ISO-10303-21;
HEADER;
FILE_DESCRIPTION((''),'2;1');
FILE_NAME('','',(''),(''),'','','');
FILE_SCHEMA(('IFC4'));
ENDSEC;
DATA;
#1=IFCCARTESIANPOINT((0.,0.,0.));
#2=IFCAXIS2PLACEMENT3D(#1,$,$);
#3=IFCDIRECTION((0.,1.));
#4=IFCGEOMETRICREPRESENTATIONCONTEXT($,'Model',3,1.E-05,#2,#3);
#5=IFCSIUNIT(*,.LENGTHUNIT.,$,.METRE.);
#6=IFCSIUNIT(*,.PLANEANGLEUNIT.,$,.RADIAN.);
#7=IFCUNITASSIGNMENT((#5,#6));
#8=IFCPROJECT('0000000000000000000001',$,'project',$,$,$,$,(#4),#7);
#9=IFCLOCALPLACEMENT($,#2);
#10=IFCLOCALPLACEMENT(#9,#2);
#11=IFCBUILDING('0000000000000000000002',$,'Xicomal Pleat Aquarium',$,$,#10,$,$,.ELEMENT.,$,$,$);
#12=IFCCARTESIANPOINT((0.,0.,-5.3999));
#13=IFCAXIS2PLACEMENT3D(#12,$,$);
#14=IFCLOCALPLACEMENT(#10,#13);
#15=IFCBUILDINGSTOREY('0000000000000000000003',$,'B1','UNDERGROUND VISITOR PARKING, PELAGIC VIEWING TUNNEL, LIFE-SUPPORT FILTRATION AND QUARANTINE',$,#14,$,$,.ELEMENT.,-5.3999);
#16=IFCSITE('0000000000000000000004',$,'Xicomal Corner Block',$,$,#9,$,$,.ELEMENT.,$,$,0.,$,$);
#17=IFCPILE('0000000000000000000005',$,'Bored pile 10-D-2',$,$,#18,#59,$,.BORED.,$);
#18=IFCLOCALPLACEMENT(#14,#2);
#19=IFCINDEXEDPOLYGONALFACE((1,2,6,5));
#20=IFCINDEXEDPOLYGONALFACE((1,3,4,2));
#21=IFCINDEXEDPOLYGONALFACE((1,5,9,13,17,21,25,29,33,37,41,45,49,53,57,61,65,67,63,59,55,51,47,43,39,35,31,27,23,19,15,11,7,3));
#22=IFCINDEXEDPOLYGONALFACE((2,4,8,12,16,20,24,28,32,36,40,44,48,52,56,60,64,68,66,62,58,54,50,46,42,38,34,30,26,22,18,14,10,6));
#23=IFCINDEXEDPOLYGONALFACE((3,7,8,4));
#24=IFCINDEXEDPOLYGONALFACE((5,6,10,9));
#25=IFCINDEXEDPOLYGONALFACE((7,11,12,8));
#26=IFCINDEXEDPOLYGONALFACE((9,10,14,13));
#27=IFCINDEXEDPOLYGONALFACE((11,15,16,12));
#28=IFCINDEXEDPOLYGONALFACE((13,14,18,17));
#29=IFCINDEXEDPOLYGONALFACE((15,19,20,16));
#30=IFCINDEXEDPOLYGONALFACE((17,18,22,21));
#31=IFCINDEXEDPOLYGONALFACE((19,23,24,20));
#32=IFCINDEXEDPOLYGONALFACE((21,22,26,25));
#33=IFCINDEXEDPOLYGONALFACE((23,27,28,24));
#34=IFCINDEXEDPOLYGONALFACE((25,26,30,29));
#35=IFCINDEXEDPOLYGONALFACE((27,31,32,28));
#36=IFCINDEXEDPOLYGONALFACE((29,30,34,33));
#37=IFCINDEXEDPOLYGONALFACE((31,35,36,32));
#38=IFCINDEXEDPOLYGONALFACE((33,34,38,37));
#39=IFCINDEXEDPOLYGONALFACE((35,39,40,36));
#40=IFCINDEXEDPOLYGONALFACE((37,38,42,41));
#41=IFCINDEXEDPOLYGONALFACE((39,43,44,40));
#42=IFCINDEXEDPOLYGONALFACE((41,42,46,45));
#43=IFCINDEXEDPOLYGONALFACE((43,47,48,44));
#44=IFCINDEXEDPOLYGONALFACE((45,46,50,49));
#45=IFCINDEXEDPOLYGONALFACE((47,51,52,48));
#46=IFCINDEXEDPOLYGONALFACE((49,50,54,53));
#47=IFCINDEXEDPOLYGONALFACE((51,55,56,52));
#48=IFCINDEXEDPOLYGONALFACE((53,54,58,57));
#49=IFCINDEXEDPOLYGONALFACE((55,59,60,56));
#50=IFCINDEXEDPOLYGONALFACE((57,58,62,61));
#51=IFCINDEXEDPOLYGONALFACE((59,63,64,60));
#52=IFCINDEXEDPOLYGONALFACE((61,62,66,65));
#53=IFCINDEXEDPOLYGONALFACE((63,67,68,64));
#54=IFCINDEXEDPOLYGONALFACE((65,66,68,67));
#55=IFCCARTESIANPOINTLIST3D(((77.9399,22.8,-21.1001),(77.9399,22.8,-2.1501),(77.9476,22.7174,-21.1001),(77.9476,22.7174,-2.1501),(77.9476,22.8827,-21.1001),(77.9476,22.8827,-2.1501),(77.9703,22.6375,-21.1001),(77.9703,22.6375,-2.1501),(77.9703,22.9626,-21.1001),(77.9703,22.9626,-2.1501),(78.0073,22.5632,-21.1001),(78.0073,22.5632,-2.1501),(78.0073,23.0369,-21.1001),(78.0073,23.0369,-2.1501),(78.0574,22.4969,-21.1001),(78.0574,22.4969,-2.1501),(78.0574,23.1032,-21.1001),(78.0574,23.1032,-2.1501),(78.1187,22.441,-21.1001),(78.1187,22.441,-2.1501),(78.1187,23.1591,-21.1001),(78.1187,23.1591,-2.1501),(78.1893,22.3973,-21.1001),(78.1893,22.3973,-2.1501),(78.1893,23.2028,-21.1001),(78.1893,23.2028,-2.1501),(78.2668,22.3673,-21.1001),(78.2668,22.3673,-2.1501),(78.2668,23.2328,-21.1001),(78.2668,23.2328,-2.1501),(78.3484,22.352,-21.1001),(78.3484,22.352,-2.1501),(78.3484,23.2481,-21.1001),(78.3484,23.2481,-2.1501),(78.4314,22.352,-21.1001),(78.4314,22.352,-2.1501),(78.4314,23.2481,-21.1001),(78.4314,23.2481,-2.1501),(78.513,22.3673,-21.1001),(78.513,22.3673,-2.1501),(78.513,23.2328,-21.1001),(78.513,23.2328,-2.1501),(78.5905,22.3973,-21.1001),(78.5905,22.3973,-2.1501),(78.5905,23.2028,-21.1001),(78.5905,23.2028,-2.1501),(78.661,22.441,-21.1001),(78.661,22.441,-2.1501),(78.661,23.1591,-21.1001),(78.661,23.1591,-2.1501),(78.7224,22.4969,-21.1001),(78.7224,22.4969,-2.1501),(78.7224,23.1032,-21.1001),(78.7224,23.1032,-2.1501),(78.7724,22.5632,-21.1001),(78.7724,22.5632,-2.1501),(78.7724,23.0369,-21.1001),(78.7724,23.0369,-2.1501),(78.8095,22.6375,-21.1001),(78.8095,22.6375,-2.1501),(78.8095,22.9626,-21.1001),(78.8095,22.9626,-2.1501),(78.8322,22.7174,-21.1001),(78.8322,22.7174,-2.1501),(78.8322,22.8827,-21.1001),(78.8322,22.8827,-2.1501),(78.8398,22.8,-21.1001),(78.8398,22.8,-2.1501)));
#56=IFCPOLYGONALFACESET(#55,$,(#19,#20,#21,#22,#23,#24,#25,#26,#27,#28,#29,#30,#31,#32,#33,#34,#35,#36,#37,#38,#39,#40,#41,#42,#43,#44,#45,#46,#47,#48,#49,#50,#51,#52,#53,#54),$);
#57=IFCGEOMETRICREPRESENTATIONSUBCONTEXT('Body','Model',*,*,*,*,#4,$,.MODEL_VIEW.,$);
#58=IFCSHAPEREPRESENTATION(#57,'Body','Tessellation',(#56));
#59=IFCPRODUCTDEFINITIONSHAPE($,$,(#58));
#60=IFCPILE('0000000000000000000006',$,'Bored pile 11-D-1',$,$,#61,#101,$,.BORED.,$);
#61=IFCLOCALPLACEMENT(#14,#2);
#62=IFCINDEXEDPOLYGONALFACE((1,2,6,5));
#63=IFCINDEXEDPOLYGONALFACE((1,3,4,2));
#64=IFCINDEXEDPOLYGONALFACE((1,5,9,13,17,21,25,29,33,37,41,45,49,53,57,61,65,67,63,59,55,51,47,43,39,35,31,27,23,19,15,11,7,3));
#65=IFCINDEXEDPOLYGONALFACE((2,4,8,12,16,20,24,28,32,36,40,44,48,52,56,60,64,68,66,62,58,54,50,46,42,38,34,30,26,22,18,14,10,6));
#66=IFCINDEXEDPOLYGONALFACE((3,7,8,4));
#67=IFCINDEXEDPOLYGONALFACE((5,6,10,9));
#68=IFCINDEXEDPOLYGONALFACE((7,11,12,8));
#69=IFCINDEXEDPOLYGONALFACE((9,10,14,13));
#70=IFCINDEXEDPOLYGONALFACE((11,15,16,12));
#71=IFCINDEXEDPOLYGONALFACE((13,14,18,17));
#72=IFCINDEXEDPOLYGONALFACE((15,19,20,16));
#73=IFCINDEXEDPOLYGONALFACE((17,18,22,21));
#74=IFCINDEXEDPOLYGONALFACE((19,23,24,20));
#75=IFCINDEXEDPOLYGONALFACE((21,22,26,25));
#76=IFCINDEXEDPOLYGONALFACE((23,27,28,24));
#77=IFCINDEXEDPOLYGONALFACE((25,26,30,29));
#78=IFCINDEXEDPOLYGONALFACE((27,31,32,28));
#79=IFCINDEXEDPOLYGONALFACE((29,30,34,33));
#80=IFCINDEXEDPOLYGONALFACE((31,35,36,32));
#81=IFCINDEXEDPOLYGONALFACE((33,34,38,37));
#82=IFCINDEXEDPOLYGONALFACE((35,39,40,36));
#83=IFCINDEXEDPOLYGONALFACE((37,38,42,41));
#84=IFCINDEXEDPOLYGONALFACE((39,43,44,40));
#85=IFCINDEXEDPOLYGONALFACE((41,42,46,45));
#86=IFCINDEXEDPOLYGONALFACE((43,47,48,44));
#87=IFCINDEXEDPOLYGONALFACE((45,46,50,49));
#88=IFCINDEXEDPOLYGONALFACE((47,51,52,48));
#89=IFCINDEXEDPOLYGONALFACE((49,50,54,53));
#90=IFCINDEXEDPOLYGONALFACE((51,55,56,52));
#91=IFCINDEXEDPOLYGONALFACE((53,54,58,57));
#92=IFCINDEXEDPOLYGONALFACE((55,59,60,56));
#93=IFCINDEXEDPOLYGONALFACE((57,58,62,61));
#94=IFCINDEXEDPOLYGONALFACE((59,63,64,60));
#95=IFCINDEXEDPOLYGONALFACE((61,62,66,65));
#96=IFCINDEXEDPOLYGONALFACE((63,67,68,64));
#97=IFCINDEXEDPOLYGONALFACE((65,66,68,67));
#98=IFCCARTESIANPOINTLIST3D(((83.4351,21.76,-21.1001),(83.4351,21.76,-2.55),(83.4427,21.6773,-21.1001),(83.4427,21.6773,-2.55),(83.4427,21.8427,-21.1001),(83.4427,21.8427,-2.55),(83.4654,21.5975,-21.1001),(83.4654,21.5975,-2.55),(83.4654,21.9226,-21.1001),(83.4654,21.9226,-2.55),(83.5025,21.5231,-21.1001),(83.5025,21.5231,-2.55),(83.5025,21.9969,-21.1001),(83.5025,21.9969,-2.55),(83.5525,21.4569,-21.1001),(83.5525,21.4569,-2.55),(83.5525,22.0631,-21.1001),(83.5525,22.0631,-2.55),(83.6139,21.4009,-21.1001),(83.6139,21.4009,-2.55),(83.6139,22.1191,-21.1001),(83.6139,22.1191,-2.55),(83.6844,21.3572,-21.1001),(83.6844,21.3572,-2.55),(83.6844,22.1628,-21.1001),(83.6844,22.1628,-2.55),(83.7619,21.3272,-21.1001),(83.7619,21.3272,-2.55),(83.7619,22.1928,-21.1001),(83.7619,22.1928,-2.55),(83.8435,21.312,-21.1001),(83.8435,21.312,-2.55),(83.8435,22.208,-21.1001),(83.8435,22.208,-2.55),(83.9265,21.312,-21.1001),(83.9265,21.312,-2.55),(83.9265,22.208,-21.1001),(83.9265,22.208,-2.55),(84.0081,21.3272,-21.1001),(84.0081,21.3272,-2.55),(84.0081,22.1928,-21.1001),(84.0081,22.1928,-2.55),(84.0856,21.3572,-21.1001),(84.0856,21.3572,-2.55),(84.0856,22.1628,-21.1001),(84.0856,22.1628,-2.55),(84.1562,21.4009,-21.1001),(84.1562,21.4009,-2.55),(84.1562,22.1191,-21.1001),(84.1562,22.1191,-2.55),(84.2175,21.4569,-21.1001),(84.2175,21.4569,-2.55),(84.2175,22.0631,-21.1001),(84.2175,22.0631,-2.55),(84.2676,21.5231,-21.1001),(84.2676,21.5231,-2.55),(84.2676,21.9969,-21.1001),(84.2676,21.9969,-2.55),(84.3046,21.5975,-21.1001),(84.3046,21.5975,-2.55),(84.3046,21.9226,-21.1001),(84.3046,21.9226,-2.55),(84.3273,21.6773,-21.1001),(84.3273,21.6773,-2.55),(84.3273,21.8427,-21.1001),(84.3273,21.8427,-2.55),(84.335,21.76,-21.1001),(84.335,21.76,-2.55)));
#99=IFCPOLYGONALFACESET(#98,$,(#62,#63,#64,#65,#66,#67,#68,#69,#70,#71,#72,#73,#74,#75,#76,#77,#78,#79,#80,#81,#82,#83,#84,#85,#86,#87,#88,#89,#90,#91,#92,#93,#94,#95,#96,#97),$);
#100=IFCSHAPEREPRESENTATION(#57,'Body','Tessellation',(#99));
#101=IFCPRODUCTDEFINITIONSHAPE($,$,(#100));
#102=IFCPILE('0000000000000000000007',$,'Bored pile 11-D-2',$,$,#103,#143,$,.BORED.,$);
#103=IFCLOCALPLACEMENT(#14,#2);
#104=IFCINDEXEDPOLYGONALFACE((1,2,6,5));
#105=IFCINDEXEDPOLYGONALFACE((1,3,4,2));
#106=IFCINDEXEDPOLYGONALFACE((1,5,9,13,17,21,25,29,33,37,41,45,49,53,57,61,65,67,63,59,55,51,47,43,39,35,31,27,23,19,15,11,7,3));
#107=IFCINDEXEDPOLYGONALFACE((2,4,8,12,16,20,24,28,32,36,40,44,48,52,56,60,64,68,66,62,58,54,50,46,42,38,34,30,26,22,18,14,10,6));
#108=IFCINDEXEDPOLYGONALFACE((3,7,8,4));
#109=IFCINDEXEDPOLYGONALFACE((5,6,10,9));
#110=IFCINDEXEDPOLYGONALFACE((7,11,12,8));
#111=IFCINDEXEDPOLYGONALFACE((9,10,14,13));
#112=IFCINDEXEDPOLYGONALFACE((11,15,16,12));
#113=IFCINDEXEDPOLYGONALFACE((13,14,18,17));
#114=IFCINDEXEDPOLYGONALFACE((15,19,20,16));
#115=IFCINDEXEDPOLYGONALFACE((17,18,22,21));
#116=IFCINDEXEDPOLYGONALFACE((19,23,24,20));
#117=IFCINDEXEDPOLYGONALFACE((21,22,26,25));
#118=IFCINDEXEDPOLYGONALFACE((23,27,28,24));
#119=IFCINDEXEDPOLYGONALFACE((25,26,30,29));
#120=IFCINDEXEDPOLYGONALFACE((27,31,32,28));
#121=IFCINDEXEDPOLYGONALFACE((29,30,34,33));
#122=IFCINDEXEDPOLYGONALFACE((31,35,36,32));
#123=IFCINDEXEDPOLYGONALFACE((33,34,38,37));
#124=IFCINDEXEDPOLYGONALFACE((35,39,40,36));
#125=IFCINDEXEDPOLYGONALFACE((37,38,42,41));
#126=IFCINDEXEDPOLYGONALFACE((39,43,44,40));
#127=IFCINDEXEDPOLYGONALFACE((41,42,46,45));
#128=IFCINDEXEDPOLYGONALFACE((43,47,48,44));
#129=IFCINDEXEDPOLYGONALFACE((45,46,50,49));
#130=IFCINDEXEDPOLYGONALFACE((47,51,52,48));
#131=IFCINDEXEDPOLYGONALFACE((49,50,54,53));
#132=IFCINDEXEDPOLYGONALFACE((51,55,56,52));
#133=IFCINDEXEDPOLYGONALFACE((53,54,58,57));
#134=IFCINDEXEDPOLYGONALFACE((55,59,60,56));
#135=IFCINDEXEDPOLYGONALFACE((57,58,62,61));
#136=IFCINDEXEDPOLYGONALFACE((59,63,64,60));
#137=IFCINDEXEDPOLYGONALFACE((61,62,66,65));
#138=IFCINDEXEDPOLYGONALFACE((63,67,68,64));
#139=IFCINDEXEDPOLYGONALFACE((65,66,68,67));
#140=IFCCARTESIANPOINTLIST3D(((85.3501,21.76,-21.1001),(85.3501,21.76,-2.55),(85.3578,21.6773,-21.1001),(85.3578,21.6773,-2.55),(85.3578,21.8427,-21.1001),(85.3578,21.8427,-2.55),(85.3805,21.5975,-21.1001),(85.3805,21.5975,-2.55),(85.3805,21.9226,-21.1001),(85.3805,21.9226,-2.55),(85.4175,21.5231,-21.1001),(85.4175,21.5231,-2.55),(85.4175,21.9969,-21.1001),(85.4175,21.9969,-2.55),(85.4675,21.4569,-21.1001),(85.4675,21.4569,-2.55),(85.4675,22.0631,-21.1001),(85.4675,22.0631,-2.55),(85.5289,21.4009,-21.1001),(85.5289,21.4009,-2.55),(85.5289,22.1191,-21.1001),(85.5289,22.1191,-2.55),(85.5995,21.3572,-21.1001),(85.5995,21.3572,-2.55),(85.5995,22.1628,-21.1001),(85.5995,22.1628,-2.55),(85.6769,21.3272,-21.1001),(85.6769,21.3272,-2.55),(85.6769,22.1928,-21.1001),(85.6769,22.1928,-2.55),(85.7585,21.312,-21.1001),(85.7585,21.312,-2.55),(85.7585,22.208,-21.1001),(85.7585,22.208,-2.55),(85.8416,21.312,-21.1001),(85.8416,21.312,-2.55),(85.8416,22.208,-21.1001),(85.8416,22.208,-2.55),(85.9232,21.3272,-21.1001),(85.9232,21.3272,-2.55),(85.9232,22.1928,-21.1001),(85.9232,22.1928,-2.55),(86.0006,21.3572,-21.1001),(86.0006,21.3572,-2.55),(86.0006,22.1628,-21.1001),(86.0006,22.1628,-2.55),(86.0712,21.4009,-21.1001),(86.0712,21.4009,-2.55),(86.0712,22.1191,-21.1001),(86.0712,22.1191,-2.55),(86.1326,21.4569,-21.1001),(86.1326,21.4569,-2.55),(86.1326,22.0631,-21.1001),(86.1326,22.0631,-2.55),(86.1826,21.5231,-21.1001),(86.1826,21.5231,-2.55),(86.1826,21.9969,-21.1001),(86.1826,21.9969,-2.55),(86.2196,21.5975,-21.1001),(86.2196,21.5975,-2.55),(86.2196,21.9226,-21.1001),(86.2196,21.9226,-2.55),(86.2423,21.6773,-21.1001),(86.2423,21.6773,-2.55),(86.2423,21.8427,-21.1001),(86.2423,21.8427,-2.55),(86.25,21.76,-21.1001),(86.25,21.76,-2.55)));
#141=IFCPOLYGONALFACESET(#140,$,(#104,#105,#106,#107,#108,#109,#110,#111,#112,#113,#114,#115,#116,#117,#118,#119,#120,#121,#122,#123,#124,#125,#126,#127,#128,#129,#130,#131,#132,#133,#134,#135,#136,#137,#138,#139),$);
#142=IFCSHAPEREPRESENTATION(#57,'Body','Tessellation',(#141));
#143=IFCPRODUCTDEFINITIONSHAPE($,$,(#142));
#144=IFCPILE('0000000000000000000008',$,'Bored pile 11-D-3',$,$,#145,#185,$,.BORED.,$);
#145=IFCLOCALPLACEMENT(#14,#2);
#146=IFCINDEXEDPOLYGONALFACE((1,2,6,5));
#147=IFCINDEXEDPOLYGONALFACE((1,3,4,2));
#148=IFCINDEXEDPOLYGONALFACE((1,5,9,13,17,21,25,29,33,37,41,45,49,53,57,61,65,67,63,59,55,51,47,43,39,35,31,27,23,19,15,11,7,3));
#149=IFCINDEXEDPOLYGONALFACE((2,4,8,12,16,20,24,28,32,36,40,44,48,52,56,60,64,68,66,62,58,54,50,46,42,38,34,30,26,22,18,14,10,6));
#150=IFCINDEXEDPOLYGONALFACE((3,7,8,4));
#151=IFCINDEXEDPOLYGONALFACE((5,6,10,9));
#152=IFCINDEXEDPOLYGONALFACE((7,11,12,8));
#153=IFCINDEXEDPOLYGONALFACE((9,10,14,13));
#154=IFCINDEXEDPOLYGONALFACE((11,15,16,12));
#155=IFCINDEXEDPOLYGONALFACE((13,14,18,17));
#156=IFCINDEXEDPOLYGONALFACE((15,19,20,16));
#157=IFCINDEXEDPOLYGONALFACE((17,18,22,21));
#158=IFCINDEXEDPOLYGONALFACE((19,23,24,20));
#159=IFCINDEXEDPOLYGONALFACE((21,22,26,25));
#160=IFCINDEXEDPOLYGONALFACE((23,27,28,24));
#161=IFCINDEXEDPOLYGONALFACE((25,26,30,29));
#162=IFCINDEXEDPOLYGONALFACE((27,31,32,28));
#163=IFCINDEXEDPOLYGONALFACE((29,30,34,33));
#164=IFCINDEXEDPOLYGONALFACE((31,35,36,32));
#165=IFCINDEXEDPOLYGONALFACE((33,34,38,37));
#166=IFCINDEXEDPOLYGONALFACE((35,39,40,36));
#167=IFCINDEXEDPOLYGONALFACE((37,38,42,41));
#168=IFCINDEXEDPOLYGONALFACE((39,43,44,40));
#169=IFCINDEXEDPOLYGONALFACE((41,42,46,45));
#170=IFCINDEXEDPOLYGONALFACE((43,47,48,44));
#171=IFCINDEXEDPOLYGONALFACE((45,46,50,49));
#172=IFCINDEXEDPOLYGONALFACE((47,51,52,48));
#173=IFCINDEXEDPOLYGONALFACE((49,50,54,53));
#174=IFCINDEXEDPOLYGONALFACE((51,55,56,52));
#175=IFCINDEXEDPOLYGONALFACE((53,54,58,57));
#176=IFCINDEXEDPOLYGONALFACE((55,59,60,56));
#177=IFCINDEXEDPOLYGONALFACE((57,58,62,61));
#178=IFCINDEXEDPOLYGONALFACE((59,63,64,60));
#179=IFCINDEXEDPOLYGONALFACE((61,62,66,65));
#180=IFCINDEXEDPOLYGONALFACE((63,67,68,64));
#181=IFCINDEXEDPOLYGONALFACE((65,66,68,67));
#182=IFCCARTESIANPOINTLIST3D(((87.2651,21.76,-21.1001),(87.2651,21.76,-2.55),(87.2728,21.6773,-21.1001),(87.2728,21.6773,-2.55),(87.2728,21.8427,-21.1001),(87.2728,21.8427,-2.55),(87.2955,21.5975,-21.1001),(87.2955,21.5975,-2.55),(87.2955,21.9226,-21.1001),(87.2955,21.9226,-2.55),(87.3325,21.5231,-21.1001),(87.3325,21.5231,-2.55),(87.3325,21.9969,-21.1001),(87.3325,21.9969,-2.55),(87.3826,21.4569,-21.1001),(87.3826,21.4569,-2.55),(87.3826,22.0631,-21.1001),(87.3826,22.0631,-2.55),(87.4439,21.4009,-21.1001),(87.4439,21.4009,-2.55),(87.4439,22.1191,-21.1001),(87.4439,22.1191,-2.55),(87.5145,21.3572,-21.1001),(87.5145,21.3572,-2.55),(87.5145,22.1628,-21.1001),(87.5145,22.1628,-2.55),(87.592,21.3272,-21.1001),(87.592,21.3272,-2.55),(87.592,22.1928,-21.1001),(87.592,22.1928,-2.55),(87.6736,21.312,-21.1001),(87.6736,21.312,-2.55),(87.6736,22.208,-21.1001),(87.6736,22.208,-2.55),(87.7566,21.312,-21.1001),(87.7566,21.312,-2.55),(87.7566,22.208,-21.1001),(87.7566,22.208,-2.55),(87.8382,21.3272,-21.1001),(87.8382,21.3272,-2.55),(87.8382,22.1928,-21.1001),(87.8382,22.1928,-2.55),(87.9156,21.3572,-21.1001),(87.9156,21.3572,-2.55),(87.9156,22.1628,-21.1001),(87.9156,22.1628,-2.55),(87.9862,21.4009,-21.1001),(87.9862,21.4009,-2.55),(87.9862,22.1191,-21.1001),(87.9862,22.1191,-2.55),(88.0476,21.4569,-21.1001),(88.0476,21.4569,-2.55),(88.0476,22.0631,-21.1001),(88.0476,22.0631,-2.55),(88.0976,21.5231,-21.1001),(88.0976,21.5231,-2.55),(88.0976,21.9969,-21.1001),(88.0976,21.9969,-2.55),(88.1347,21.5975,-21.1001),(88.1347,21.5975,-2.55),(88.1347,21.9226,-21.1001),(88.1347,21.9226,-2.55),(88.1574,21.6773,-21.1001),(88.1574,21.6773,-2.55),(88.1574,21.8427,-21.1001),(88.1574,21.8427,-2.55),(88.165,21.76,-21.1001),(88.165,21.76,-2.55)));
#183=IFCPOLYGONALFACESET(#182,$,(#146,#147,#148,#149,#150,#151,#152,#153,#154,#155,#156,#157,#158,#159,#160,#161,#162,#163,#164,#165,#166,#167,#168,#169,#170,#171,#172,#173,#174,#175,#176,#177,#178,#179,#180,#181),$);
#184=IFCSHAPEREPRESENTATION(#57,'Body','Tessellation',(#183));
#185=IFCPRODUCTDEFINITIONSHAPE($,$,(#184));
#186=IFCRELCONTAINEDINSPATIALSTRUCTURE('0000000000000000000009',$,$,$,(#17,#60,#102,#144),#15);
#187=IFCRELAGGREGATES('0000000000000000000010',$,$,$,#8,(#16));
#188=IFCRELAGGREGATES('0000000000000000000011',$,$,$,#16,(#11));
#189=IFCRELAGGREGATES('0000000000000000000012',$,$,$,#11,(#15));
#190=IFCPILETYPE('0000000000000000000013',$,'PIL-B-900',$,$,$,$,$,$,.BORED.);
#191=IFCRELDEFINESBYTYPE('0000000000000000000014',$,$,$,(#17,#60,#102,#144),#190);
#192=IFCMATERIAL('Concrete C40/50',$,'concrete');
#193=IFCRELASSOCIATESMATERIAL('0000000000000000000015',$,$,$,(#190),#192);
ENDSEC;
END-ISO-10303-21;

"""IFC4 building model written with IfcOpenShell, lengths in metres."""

from ifc_helpers import new_model, si_unit, direction, frame, origin, origin_2d, place, context, subcontext, project, spatial, circle, extrude, material, material_profile, profile_set, type_object, element, save


model = new_model("IFC4")

# Units and contexts
model_context = context("Model", 3, precision=1e-05, world=origin(), true_north=direction((0.0, 1.0)))
body_context = subcontext(model_context, "Body", "Model", "MODEL_VIEW")
ifc_project = project(units=[si_unit("LENGTHUNIT", "METRE"), si_unit("PLANEANGLEUNIT", "RADIAN")], contexts=[model_context])

# Site, building, storey
site_placement = place(None, origin())
site = spatial("IfcSite", under=ifc_project, at=site_placement, Name="Xicomal Corner Block", CompositionType="ELEMENT", RefElevation=0.0)
building_placement = place(site_placement, origin())
building = spatial("IfcBuilding", under=site, at=building_placement, Name="Xicomal Pleat Aquarium", CompositionType="ELEMENT")
storey_placement = place(building_placement, frame((0.0, 0.0, -5.3999)))
storey = spatial("IfcBuildingStorey", under=building, at=storey_placement, Name="B1", Description="UNDERGROUND VISITOR PARKING, PELAGIC VIEWING TUNNEL, LIFE-SUPPORT FILTRATION AND QUARANTINE", CompositionType="ELEMENT", Elevation=-5.3999)

# Piles
ifc_material_1 = material(Name="Concrete C40/50", Category="concrete")
ifc_material_profile_1 = material_profile(ifc_material_1, circle(Radius=0.45, at=origin_2d()), Name="BORED PILE D900")
ifc_profile_set_1 = profile_set([ifc_material_profile_1], Name="Concrete C40/50")
pile_type_1 = type_object("IfcPileType", Name="PIL-B-900", PredefinedType="BORED", material=ifc_profile_set_1)
for number, where, z_axis, x_axis, name in (
    (1, (78.3899, 22.8, -2.1501), (0.0, 0.0, -1.0), (1.0, 0.0, 0.0), "Bored pile 10-D-2"),
):
    element("IfcPile", number, at=place(storey_placement, frame(where, z_axis=z_axis, x_axis=x_axis)), inside=storey, type_object=pile_type_1, Name=name, PredefinedType="BORED", context=body_context, shape_type="SweptSolid", body=[
        extrude(circle(Radius=0.45, at=origin_2d()), origin(), (0.0, 0.0, 1.0), 18.95),
    ])
for number, where, z_axis, x_axis, name in (
    (2, (83.885, 21.76, -2.55), (0.0, 0.0, -1.0), (1.0, 0.0, 0.0), "Bored pile 11-D-1"),
    (3, (85.8, 21.76, -2.55), (0.0, 0.0, -1.0), (1.0, 0.0, 0.0), "Bored pile 11-D-2"),
    (4, (87.7151, 21.76, -2.55), (0.0, 0.0, -1.0), (1.0, 0.0, 0.0), "Bored pile 11-D-3"),
):
    element("IfcPile", number, at=place(storey_placement, frame(where, z_axis=z_axis, x_axis=x_axis)), inside=storey, type_object=pile_type_1, Name=name, PredefinedType="BORED", context=body_context, shape_type="SweptSolid", body=[
        extrude(circle(Radius=0.45, at=origin_2d()), origin(), (0.0, 0.0, 1.0), 18.55),
    ])

save(model, "model.ifc")
